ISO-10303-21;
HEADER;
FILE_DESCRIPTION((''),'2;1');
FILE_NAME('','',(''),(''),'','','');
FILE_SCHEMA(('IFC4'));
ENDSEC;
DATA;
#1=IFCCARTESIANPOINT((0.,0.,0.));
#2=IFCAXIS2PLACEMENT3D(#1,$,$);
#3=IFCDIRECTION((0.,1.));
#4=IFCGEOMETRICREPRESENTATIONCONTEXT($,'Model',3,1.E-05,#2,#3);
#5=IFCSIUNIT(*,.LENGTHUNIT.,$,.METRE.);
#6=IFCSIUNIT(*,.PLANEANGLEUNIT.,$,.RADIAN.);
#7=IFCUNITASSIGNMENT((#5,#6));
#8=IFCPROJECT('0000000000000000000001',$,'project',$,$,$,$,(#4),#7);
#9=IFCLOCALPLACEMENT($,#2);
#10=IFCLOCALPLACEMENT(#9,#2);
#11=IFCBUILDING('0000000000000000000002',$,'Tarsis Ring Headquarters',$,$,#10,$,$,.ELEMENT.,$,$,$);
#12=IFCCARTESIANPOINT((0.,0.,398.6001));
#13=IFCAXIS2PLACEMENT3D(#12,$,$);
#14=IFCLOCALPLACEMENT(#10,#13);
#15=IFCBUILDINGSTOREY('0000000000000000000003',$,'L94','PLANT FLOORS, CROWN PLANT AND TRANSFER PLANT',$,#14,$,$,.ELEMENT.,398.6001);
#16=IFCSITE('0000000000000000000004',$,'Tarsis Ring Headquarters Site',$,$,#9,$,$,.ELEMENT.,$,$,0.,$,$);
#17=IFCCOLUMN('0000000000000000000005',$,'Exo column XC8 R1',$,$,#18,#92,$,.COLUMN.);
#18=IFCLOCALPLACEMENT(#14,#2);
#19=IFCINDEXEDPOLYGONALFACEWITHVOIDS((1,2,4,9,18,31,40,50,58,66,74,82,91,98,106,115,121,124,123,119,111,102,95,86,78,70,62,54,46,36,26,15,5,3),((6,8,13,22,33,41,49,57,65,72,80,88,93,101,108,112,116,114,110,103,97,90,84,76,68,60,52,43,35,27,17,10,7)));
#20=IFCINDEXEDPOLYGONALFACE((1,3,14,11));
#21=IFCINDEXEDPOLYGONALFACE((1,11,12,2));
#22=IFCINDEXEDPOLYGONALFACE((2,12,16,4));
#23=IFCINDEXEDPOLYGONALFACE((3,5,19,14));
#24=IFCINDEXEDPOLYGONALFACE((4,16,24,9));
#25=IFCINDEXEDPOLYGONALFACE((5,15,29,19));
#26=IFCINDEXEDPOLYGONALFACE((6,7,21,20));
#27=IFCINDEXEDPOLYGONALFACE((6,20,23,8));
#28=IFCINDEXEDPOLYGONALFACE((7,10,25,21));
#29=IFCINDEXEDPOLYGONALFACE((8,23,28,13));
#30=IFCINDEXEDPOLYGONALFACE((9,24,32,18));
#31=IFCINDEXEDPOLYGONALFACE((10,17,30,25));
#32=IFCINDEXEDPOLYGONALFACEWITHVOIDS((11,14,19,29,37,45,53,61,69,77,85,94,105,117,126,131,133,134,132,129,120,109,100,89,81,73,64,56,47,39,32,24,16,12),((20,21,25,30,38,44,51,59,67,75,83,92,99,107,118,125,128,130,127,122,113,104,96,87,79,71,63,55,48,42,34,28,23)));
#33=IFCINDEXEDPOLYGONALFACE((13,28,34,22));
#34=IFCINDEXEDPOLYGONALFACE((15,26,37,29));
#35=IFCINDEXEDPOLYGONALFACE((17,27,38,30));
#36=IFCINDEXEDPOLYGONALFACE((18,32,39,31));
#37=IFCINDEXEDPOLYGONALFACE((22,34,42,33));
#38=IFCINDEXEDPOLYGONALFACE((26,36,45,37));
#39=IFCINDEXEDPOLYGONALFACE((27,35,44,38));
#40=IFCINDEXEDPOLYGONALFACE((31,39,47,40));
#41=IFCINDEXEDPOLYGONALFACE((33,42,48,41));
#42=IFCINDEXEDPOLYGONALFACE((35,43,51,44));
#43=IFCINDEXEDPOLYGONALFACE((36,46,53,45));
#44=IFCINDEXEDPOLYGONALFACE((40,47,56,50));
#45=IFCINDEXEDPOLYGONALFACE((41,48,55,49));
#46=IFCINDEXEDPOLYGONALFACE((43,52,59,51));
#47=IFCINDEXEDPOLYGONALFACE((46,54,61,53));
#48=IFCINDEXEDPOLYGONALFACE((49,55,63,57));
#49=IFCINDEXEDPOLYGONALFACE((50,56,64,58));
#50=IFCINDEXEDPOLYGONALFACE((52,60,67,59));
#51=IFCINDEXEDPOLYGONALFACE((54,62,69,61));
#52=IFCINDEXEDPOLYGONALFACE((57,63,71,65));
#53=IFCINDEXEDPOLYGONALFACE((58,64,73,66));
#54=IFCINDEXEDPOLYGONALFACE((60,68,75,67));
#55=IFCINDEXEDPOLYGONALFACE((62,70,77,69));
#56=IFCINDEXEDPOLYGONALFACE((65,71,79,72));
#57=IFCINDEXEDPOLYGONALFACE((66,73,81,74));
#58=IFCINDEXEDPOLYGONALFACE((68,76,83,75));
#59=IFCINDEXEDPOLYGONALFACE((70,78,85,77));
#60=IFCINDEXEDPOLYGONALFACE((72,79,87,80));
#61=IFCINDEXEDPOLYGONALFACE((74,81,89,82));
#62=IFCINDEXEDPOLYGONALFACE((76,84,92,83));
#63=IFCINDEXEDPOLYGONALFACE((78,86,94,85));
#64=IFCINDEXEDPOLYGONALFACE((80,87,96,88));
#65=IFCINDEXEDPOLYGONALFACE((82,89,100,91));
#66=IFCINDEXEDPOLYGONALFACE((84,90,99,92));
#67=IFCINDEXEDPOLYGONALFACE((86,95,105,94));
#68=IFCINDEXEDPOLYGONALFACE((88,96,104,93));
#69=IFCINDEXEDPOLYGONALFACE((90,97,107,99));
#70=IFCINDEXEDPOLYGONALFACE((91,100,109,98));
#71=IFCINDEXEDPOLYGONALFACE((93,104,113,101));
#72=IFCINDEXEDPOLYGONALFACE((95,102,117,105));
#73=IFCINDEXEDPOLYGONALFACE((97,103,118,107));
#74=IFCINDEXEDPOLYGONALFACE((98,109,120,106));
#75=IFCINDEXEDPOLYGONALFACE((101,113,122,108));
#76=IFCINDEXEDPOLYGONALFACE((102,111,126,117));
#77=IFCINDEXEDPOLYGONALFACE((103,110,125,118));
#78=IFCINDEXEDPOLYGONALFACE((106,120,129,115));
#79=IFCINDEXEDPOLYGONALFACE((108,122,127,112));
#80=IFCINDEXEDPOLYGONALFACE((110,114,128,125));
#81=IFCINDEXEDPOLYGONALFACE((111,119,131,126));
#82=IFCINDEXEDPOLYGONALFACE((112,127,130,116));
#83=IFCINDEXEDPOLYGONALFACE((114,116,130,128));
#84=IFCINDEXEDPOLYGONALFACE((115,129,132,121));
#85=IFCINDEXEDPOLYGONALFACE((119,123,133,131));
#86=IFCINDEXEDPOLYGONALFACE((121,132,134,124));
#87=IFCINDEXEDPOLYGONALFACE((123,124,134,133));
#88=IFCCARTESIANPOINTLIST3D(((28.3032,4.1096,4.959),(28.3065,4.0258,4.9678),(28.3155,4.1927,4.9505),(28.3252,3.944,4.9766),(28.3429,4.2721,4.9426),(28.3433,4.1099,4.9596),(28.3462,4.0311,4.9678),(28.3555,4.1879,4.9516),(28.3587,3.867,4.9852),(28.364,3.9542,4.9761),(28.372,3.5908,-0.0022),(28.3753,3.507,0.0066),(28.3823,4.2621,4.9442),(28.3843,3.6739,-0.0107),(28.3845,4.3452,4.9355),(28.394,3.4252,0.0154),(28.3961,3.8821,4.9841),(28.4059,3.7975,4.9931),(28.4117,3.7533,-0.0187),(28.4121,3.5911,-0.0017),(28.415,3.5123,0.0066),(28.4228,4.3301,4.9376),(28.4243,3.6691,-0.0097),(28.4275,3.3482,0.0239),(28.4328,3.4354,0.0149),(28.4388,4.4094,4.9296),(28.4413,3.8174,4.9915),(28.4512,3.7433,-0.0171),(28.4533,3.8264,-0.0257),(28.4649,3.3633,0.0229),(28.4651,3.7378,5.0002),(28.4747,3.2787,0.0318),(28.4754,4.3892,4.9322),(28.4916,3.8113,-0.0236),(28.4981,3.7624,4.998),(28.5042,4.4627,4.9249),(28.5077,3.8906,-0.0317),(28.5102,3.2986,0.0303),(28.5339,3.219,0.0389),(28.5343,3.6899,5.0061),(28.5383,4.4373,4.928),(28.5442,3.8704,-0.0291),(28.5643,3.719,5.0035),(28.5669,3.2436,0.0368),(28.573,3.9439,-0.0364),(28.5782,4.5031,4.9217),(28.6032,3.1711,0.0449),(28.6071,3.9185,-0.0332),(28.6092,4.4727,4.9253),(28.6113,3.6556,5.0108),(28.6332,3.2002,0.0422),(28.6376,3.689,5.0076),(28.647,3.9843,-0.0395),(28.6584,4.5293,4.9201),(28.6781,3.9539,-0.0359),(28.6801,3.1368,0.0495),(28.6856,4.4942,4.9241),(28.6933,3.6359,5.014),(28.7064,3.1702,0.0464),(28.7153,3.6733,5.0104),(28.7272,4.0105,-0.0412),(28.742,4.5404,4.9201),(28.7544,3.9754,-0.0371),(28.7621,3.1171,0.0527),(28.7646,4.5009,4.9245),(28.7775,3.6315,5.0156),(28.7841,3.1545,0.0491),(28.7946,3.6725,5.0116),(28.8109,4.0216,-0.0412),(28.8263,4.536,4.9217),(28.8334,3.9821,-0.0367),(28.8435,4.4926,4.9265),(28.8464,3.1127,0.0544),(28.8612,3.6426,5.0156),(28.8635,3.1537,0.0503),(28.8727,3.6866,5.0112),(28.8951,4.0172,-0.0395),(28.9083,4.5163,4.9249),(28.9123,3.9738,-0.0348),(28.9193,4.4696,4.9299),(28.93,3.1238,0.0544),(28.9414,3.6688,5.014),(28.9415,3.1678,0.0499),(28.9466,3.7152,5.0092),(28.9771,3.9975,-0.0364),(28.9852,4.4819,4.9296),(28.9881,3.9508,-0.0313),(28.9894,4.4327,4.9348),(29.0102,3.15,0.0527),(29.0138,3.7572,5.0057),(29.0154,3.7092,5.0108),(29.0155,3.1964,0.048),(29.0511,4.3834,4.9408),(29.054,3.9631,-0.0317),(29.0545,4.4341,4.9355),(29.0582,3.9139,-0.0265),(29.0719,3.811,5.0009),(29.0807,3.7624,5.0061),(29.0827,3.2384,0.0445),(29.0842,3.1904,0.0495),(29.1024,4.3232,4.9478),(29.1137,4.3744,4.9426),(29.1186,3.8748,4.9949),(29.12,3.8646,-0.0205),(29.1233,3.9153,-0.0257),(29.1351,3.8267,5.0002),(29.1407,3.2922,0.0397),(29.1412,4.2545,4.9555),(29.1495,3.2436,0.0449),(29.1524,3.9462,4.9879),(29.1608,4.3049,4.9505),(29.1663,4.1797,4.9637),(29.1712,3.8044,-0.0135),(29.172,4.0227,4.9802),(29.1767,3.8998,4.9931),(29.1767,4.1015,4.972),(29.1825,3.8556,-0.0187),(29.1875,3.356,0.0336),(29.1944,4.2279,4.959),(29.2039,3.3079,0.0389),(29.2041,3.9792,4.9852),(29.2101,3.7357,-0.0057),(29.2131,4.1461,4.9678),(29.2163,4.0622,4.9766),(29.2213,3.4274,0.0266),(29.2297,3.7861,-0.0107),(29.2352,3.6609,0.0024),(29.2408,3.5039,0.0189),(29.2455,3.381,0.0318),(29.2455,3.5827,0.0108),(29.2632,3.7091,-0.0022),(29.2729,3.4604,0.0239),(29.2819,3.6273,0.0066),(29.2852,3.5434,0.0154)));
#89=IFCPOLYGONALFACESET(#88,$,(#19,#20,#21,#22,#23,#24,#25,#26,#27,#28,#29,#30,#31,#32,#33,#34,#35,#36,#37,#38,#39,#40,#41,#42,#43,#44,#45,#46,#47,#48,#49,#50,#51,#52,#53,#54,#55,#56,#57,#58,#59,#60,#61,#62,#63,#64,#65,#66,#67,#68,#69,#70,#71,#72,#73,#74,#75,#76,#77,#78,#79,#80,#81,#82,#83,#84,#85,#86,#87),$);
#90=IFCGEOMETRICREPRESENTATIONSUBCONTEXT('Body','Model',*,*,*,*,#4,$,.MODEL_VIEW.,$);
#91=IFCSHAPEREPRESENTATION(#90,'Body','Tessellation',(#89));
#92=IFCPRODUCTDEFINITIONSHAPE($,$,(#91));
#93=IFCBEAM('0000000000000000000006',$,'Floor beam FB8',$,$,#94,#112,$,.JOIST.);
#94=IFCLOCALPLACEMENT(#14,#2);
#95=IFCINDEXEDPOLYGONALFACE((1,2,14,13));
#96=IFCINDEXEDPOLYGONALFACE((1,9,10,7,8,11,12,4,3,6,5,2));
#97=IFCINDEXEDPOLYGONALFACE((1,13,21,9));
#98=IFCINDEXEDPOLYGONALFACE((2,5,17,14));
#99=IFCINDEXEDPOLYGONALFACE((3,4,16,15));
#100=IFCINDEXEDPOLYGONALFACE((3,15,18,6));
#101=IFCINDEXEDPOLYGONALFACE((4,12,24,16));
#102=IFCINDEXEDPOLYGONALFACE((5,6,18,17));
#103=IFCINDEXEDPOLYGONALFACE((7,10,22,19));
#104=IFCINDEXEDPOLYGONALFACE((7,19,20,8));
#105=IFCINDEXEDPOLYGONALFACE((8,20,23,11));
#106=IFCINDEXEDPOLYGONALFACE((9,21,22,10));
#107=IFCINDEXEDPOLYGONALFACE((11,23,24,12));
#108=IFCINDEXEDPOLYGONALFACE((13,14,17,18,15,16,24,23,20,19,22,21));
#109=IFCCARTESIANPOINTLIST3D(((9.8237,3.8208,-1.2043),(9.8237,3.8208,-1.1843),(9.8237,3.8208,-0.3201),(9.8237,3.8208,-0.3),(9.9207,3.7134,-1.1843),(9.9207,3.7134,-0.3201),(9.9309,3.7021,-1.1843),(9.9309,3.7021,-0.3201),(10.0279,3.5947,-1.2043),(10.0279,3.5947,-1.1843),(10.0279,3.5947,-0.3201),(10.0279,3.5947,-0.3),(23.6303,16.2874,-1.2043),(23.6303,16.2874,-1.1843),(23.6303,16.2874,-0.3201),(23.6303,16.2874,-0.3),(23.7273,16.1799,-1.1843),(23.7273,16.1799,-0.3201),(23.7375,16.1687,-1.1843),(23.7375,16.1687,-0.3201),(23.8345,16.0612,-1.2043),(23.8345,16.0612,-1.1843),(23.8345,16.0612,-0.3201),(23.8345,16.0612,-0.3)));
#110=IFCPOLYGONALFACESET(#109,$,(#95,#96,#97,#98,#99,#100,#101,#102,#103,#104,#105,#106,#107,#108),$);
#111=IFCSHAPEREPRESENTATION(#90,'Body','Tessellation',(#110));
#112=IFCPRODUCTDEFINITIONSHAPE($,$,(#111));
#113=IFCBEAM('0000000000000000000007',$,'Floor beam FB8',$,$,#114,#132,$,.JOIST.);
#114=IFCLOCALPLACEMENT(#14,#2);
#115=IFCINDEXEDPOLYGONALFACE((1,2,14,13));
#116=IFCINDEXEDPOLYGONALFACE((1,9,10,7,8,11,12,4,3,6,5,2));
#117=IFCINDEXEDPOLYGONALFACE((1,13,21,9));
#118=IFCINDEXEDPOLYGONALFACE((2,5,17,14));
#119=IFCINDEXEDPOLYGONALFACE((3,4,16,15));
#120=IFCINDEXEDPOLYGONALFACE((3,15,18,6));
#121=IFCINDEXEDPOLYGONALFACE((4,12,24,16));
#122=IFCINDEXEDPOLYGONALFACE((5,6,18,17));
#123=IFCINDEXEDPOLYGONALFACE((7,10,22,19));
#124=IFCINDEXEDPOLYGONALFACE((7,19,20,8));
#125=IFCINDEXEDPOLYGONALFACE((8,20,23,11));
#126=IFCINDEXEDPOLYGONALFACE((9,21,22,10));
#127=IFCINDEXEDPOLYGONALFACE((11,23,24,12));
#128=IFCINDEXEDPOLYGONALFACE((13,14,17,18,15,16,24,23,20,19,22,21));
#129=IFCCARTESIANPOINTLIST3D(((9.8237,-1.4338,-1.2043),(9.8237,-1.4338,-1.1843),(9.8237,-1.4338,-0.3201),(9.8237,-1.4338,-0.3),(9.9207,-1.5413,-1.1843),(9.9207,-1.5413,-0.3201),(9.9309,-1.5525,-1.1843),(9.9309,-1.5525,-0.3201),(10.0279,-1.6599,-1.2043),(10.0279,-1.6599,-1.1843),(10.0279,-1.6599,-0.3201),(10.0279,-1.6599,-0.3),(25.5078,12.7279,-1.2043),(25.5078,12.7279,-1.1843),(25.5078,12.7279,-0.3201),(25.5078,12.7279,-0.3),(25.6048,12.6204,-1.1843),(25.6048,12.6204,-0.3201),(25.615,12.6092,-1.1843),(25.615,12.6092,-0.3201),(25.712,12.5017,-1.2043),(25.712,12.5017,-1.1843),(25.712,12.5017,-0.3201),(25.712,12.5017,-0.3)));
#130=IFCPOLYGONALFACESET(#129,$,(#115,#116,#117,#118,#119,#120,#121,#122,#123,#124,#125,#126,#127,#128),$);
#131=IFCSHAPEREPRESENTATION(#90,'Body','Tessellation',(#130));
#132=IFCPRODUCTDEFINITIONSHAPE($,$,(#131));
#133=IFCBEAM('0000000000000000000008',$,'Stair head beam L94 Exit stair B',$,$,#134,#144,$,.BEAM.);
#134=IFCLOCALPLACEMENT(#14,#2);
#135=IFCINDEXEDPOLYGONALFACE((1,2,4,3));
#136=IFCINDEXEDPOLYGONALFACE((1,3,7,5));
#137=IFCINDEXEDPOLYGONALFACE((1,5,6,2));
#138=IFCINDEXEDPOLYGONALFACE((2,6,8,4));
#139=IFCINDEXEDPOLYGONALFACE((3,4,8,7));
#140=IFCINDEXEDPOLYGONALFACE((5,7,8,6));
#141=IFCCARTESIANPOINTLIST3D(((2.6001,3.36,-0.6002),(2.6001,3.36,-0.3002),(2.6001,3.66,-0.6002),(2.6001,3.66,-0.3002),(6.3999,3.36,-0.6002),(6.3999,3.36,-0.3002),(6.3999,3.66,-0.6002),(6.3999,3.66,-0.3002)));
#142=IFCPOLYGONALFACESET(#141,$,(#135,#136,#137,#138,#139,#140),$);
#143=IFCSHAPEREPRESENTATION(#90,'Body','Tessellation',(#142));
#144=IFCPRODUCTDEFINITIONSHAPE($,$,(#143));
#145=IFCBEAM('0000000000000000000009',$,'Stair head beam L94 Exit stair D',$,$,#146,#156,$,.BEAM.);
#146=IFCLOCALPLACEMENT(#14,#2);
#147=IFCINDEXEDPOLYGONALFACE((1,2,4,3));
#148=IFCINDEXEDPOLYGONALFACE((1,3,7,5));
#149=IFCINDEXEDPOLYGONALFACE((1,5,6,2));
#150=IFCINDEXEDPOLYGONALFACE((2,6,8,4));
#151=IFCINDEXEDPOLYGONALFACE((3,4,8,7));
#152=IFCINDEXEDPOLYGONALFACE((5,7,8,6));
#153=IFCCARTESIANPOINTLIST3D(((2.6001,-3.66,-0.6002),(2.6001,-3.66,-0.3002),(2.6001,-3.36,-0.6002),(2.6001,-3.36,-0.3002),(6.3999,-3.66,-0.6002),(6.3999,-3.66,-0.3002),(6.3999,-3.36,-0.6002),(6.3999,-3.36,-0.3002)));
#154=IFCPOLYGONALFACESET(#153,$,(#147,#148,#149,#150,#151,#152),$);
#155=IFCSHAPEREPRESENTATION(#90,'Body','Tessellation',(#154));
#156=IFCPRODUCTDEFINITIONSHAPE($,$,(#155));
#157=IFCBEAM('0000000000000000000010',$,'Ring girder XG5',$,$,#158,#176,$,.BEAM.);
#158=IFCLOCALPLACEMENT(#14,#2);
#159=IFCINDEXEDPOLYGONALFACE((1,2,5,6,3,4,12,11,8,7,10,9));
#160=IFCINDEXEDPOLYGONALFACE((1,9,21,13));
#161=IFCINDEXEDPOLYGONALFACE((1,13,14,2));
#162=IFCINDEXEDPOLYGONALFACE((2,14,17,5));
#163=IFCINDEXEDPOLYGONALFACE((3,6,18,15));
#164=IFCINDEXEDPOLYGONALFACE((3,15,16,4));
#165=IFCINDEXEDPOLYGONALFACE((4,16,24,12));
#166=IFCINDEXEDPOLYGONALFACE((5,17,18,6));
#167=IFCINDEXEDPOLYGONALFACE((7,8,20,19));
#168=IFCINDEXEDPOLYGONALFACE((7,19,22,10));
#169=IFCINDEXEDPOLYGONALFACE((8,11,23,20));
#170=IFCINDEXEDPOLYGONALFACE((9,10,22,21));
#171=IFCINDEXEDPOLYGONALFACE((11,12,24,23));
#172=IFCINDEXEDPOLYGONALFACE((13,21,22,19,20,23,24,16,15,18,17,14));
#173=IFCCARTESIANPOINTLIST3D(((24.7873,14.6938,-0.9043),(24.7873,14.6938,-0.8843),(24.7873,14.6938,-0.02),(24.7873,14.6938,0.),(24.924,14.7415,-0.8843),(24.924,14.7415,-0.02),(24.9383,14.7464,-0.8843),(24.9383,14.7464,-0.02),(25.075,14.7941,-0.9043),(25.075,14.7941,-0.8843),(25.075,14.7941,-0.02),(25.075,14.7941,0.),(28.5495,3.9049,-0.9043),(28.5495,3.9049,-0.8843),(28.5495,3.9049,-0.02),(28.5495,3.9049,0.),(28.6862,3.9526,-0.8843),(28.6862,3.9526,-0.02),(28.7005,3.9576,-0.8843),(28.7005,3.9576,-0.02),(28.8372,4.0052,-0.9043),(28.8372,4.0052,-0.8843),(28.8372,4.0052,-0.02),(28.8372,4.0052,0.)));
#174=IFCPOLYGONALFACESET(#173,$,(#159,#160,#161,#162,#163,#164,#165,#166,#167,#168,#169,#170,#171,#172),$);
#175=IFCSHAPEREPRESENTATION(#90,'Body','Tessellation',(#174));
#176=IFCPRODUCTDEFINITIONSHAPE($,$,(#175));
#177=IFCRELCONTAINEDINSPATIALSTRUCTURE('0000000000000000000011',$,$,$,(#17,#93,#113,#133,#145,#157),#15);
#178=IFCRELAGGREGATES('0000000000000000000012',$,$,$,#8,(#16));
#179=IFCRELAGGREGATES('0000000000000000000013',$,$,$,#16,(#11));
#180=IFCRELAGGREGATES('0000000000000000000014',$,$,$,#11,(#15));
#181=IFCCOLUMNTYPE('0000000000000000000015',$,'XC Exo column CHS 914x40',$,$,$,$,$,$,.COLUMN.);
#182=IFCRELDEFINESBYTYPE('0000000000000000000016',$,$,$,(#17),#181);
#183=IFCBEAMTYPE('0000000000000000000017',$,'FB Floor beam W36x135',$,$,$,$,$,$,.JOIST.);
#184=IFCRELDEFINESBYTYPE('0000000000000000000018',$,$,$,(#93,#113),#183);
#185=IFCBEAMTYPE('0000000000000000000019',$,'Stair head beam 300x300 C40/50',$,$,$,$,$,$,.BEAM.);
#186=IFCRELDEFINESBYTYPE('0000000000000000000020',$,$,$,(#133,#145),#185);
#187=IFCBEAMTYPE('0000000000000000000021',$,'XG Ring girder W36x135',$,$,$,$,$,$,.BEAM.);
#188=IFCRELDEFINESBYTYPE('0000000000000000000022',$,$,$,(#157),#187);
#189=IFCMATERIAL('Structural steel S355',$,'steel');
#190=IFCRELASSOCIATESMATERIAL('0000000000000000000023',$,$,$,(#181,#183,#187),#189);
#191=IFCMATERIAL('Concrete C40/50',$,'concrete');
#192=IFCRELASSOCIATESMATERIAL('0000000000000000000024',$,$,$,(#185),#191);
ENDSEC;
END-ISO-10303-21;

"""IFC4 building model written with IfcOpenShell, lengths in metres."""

from ifc_helpers import new_model, si_unit, direction, frame, origin, origin_2d, place, context, subcontext, project, spatial, rectangle, hollow_circle, i_section, extrude, material, material_profile, profile_set, type_object, element, save


model = new_model("IFC4")

# Units and contexts
model_context = context("Model", 3, precision=1e-05, world=origin(), true_north=direction((0.0, 1.0)))
body_context = subcontext(model_context, "Body", "Model", "MODEL_VIEW")
ifc_project = project(units=[si_unit("LENGTHUNIT", "METRE"), si_unit("PLANEANGLEUNIT", "RADIAN")], contexts=[model_context])

# Site, building, storey
site_placement = place(None, origin())
site = spatial("IfcSite", under=ifc_project, at=site_placement, Name="Tarsis Ring Headquarters Site", CompositionType="ELEMENT", RefElevation=0.0)
building_placement = place(site_placement, origin())
building = spatial("IfcBuilding", under=site, at=building_placement, Name="Tarsis Ring Headquarters", CompositionType="ELEMENT")
storey_placement = place(building_placement, frame((0.0, 0.0, 398.6001)))
storey = spatial("IfcBuildingStorey", under=building, at=storey_placement, Name="L94", Description="PLANT FLOORS, CROWN PLANT AND TRANSFER PLANT", CompositionType="ELEMENT", Elevation=398.6001)

# Column
ifc_material_1 = material(Name="Structural steel S355", Category="steel")
ifc_material_profile_1 = material_profile(ifc_material_1, hollow_circle(Radius=0.457, WallThickness=0.04, at=origin_2d()), Name="CHS 914x40")
ifc_profile_set_1 = profile_set([ifc_material_profile_1], Name="Structural steel S355")
column_type = type_object("IfcColumnType", Name="XC Exo column CHS 914x40", PredefinedType="COLUMN", material=ifc_profile_set_1)
column_placement = place(storey_placement, frame((28.8286, 3.5671, 0.0066), z_axis=(-0.013801, 0.103995, 0.994482), x_axis=(-0.991309, -0.131553, 0.0)))
element("IfcColumn", 1, at=column_placement, inside=storey, type_object=column_type, Name="Exo column XC8 R1", PredefinedType="COLUMN", context=body_context, shape_type="SweptSolid", body=[
    extrude(hollow_circle(Radius=0.4573, WallThickness=0.04, at=origin_2d()), origin(), (0.0, 0.0, 1.0), 4.9888),
])

# Beams
ifc_material_profile_2 = material_profile(ifc_material_1, i_section(OverallWidth=0.3047, OverallDepth=0.9043, WebThickness=0.0151, FlangeThickness=0.02, at=origin_2d()), Name="W36x135")
ifc_profile_set_2 = profile_set([ifc_material_profile_2], Name="Structural steel S355")
beam_type_1 = type_object("IfcBeamType", Name="FB Floor beam W36x135", PredefinedType="JOIST", material=ifc_profile_set_2)
beam_1_placement = place(storey_placement, frame((9.9258, 3.7078, -0.7522), z_axis=(0.742209, 0.670169, 0.0), x_axis=(-0.670169, 0.742209, 0.0)))
element("IfcBeam", 2, at=beam_1_placement, inside=storey, type_object=beam_type_1, Name="Floor beam FB8", PredefinedType="JOIST", context=body_context, shape_type="SweptSolid", body=[
    extrude(i_section(OverallWidth=0.3047, OverallDepth=0.9043, WebThickness=0.0151, FlangeThickness=0.02, at=origin_2d()), origin(), (0.0, 0.0, 1.0), 18.6021),
])
beam_2_placement = place(storey_placement, frame((9.9258, -1.5469, -0.7522), z_axis=(0.742212, 0.670165, 0.0), x_axis=(-0.670165, 0.742212, 0.0)))
element("IfcBeam", 3, at=beam_2_placement, inside=storey, type_object=beam_type_1, Name="Floor beam FB8", PredefinedType="JOIST", context=body_context, shape_type="SweptSolid", body=[
    extrude(i_section(OverallWidth=0.3047, OverallDepth=0.9043, WebThickness=0.0151, FlangeThickness=0.02, at=origin_2d()), origin(), (0.0, 0.0, 1.0), 21.1316),
])
ifc_material_2 = material(Name="Concrete C40/50", Category="concrete")
ifc_material_profile_3 = material_profile(ifc_material_2, rectangle(XDim=0.3, YDim=0.3, at=origin_2d()), Name="Stair head beam 300x300 C40/50")
ifc_profile_set_3 = profile_set([ifc_material_profile_3], Name="Concrete C40/50")
beam_type_2 = type_object("IfcBeamType", Name="Stair head beam 300x300 C40/50", PredefinedType="BEAM", material=ifc_profile_set_3)
for number, where, z_axis, x_axis, name in (
    (4, (2.6001, 3.51, -0.4502), (1.0, 0.0, 0.0), (0.0, 1.0, 0.0), "Stair head beam L94 Exit stair B"),
    (5, (2.6001, -3.51, -0.4502), (1.0, 0.0, 0.0), (0.0, 1.0, 0.0), "Stair head beam L94 Exit stair D"),
):
    element("IfcBeam", number, at=place(storey_placement, frame(where, z_axis=z_axis, x_axis=x_axis)), inside=storey, type_object=beam_type_2, Name=name, PredefinedType="BEAM", context=body_context, shape_type="SweptSolid", body=[
        extrude(rectangle(XDim=0.3, YDim=0.3, at=origin_2d()), origin(), (0.0, 0.0, 1.0), 3.7998),
    ])
beam_type_3 = type_object("IfcBeamType", Name="XG Ring girder W36x135", PredefinedType="BEAM", material=ifc_profile_set_2)
beam_3_placement = place(storey_placement, frame((28.6934, 3.9551, -0.4521), z_axis=(-0.329268, 0.944236, 0.0), x_axis=(-0.944236, -0.329268, 0.0)))
element("IfcBeam", 6, at=beam_3_placement, inside=storey, type_object=beam_type_3, Name="Ring girder XG5", PredefinedType="BEAM", context=body_context, shape_type="SweptSolid", body=[
    extrude(i_section(OverallWidth=0.3047, OverallDepth=0.9043, WebThickness=0.0151, FlangeThickness=0.02, at=origin_2d()), origin(), (0.0, 0.0, 1.0), 11.426),
])

save(model, "model.ifc")
